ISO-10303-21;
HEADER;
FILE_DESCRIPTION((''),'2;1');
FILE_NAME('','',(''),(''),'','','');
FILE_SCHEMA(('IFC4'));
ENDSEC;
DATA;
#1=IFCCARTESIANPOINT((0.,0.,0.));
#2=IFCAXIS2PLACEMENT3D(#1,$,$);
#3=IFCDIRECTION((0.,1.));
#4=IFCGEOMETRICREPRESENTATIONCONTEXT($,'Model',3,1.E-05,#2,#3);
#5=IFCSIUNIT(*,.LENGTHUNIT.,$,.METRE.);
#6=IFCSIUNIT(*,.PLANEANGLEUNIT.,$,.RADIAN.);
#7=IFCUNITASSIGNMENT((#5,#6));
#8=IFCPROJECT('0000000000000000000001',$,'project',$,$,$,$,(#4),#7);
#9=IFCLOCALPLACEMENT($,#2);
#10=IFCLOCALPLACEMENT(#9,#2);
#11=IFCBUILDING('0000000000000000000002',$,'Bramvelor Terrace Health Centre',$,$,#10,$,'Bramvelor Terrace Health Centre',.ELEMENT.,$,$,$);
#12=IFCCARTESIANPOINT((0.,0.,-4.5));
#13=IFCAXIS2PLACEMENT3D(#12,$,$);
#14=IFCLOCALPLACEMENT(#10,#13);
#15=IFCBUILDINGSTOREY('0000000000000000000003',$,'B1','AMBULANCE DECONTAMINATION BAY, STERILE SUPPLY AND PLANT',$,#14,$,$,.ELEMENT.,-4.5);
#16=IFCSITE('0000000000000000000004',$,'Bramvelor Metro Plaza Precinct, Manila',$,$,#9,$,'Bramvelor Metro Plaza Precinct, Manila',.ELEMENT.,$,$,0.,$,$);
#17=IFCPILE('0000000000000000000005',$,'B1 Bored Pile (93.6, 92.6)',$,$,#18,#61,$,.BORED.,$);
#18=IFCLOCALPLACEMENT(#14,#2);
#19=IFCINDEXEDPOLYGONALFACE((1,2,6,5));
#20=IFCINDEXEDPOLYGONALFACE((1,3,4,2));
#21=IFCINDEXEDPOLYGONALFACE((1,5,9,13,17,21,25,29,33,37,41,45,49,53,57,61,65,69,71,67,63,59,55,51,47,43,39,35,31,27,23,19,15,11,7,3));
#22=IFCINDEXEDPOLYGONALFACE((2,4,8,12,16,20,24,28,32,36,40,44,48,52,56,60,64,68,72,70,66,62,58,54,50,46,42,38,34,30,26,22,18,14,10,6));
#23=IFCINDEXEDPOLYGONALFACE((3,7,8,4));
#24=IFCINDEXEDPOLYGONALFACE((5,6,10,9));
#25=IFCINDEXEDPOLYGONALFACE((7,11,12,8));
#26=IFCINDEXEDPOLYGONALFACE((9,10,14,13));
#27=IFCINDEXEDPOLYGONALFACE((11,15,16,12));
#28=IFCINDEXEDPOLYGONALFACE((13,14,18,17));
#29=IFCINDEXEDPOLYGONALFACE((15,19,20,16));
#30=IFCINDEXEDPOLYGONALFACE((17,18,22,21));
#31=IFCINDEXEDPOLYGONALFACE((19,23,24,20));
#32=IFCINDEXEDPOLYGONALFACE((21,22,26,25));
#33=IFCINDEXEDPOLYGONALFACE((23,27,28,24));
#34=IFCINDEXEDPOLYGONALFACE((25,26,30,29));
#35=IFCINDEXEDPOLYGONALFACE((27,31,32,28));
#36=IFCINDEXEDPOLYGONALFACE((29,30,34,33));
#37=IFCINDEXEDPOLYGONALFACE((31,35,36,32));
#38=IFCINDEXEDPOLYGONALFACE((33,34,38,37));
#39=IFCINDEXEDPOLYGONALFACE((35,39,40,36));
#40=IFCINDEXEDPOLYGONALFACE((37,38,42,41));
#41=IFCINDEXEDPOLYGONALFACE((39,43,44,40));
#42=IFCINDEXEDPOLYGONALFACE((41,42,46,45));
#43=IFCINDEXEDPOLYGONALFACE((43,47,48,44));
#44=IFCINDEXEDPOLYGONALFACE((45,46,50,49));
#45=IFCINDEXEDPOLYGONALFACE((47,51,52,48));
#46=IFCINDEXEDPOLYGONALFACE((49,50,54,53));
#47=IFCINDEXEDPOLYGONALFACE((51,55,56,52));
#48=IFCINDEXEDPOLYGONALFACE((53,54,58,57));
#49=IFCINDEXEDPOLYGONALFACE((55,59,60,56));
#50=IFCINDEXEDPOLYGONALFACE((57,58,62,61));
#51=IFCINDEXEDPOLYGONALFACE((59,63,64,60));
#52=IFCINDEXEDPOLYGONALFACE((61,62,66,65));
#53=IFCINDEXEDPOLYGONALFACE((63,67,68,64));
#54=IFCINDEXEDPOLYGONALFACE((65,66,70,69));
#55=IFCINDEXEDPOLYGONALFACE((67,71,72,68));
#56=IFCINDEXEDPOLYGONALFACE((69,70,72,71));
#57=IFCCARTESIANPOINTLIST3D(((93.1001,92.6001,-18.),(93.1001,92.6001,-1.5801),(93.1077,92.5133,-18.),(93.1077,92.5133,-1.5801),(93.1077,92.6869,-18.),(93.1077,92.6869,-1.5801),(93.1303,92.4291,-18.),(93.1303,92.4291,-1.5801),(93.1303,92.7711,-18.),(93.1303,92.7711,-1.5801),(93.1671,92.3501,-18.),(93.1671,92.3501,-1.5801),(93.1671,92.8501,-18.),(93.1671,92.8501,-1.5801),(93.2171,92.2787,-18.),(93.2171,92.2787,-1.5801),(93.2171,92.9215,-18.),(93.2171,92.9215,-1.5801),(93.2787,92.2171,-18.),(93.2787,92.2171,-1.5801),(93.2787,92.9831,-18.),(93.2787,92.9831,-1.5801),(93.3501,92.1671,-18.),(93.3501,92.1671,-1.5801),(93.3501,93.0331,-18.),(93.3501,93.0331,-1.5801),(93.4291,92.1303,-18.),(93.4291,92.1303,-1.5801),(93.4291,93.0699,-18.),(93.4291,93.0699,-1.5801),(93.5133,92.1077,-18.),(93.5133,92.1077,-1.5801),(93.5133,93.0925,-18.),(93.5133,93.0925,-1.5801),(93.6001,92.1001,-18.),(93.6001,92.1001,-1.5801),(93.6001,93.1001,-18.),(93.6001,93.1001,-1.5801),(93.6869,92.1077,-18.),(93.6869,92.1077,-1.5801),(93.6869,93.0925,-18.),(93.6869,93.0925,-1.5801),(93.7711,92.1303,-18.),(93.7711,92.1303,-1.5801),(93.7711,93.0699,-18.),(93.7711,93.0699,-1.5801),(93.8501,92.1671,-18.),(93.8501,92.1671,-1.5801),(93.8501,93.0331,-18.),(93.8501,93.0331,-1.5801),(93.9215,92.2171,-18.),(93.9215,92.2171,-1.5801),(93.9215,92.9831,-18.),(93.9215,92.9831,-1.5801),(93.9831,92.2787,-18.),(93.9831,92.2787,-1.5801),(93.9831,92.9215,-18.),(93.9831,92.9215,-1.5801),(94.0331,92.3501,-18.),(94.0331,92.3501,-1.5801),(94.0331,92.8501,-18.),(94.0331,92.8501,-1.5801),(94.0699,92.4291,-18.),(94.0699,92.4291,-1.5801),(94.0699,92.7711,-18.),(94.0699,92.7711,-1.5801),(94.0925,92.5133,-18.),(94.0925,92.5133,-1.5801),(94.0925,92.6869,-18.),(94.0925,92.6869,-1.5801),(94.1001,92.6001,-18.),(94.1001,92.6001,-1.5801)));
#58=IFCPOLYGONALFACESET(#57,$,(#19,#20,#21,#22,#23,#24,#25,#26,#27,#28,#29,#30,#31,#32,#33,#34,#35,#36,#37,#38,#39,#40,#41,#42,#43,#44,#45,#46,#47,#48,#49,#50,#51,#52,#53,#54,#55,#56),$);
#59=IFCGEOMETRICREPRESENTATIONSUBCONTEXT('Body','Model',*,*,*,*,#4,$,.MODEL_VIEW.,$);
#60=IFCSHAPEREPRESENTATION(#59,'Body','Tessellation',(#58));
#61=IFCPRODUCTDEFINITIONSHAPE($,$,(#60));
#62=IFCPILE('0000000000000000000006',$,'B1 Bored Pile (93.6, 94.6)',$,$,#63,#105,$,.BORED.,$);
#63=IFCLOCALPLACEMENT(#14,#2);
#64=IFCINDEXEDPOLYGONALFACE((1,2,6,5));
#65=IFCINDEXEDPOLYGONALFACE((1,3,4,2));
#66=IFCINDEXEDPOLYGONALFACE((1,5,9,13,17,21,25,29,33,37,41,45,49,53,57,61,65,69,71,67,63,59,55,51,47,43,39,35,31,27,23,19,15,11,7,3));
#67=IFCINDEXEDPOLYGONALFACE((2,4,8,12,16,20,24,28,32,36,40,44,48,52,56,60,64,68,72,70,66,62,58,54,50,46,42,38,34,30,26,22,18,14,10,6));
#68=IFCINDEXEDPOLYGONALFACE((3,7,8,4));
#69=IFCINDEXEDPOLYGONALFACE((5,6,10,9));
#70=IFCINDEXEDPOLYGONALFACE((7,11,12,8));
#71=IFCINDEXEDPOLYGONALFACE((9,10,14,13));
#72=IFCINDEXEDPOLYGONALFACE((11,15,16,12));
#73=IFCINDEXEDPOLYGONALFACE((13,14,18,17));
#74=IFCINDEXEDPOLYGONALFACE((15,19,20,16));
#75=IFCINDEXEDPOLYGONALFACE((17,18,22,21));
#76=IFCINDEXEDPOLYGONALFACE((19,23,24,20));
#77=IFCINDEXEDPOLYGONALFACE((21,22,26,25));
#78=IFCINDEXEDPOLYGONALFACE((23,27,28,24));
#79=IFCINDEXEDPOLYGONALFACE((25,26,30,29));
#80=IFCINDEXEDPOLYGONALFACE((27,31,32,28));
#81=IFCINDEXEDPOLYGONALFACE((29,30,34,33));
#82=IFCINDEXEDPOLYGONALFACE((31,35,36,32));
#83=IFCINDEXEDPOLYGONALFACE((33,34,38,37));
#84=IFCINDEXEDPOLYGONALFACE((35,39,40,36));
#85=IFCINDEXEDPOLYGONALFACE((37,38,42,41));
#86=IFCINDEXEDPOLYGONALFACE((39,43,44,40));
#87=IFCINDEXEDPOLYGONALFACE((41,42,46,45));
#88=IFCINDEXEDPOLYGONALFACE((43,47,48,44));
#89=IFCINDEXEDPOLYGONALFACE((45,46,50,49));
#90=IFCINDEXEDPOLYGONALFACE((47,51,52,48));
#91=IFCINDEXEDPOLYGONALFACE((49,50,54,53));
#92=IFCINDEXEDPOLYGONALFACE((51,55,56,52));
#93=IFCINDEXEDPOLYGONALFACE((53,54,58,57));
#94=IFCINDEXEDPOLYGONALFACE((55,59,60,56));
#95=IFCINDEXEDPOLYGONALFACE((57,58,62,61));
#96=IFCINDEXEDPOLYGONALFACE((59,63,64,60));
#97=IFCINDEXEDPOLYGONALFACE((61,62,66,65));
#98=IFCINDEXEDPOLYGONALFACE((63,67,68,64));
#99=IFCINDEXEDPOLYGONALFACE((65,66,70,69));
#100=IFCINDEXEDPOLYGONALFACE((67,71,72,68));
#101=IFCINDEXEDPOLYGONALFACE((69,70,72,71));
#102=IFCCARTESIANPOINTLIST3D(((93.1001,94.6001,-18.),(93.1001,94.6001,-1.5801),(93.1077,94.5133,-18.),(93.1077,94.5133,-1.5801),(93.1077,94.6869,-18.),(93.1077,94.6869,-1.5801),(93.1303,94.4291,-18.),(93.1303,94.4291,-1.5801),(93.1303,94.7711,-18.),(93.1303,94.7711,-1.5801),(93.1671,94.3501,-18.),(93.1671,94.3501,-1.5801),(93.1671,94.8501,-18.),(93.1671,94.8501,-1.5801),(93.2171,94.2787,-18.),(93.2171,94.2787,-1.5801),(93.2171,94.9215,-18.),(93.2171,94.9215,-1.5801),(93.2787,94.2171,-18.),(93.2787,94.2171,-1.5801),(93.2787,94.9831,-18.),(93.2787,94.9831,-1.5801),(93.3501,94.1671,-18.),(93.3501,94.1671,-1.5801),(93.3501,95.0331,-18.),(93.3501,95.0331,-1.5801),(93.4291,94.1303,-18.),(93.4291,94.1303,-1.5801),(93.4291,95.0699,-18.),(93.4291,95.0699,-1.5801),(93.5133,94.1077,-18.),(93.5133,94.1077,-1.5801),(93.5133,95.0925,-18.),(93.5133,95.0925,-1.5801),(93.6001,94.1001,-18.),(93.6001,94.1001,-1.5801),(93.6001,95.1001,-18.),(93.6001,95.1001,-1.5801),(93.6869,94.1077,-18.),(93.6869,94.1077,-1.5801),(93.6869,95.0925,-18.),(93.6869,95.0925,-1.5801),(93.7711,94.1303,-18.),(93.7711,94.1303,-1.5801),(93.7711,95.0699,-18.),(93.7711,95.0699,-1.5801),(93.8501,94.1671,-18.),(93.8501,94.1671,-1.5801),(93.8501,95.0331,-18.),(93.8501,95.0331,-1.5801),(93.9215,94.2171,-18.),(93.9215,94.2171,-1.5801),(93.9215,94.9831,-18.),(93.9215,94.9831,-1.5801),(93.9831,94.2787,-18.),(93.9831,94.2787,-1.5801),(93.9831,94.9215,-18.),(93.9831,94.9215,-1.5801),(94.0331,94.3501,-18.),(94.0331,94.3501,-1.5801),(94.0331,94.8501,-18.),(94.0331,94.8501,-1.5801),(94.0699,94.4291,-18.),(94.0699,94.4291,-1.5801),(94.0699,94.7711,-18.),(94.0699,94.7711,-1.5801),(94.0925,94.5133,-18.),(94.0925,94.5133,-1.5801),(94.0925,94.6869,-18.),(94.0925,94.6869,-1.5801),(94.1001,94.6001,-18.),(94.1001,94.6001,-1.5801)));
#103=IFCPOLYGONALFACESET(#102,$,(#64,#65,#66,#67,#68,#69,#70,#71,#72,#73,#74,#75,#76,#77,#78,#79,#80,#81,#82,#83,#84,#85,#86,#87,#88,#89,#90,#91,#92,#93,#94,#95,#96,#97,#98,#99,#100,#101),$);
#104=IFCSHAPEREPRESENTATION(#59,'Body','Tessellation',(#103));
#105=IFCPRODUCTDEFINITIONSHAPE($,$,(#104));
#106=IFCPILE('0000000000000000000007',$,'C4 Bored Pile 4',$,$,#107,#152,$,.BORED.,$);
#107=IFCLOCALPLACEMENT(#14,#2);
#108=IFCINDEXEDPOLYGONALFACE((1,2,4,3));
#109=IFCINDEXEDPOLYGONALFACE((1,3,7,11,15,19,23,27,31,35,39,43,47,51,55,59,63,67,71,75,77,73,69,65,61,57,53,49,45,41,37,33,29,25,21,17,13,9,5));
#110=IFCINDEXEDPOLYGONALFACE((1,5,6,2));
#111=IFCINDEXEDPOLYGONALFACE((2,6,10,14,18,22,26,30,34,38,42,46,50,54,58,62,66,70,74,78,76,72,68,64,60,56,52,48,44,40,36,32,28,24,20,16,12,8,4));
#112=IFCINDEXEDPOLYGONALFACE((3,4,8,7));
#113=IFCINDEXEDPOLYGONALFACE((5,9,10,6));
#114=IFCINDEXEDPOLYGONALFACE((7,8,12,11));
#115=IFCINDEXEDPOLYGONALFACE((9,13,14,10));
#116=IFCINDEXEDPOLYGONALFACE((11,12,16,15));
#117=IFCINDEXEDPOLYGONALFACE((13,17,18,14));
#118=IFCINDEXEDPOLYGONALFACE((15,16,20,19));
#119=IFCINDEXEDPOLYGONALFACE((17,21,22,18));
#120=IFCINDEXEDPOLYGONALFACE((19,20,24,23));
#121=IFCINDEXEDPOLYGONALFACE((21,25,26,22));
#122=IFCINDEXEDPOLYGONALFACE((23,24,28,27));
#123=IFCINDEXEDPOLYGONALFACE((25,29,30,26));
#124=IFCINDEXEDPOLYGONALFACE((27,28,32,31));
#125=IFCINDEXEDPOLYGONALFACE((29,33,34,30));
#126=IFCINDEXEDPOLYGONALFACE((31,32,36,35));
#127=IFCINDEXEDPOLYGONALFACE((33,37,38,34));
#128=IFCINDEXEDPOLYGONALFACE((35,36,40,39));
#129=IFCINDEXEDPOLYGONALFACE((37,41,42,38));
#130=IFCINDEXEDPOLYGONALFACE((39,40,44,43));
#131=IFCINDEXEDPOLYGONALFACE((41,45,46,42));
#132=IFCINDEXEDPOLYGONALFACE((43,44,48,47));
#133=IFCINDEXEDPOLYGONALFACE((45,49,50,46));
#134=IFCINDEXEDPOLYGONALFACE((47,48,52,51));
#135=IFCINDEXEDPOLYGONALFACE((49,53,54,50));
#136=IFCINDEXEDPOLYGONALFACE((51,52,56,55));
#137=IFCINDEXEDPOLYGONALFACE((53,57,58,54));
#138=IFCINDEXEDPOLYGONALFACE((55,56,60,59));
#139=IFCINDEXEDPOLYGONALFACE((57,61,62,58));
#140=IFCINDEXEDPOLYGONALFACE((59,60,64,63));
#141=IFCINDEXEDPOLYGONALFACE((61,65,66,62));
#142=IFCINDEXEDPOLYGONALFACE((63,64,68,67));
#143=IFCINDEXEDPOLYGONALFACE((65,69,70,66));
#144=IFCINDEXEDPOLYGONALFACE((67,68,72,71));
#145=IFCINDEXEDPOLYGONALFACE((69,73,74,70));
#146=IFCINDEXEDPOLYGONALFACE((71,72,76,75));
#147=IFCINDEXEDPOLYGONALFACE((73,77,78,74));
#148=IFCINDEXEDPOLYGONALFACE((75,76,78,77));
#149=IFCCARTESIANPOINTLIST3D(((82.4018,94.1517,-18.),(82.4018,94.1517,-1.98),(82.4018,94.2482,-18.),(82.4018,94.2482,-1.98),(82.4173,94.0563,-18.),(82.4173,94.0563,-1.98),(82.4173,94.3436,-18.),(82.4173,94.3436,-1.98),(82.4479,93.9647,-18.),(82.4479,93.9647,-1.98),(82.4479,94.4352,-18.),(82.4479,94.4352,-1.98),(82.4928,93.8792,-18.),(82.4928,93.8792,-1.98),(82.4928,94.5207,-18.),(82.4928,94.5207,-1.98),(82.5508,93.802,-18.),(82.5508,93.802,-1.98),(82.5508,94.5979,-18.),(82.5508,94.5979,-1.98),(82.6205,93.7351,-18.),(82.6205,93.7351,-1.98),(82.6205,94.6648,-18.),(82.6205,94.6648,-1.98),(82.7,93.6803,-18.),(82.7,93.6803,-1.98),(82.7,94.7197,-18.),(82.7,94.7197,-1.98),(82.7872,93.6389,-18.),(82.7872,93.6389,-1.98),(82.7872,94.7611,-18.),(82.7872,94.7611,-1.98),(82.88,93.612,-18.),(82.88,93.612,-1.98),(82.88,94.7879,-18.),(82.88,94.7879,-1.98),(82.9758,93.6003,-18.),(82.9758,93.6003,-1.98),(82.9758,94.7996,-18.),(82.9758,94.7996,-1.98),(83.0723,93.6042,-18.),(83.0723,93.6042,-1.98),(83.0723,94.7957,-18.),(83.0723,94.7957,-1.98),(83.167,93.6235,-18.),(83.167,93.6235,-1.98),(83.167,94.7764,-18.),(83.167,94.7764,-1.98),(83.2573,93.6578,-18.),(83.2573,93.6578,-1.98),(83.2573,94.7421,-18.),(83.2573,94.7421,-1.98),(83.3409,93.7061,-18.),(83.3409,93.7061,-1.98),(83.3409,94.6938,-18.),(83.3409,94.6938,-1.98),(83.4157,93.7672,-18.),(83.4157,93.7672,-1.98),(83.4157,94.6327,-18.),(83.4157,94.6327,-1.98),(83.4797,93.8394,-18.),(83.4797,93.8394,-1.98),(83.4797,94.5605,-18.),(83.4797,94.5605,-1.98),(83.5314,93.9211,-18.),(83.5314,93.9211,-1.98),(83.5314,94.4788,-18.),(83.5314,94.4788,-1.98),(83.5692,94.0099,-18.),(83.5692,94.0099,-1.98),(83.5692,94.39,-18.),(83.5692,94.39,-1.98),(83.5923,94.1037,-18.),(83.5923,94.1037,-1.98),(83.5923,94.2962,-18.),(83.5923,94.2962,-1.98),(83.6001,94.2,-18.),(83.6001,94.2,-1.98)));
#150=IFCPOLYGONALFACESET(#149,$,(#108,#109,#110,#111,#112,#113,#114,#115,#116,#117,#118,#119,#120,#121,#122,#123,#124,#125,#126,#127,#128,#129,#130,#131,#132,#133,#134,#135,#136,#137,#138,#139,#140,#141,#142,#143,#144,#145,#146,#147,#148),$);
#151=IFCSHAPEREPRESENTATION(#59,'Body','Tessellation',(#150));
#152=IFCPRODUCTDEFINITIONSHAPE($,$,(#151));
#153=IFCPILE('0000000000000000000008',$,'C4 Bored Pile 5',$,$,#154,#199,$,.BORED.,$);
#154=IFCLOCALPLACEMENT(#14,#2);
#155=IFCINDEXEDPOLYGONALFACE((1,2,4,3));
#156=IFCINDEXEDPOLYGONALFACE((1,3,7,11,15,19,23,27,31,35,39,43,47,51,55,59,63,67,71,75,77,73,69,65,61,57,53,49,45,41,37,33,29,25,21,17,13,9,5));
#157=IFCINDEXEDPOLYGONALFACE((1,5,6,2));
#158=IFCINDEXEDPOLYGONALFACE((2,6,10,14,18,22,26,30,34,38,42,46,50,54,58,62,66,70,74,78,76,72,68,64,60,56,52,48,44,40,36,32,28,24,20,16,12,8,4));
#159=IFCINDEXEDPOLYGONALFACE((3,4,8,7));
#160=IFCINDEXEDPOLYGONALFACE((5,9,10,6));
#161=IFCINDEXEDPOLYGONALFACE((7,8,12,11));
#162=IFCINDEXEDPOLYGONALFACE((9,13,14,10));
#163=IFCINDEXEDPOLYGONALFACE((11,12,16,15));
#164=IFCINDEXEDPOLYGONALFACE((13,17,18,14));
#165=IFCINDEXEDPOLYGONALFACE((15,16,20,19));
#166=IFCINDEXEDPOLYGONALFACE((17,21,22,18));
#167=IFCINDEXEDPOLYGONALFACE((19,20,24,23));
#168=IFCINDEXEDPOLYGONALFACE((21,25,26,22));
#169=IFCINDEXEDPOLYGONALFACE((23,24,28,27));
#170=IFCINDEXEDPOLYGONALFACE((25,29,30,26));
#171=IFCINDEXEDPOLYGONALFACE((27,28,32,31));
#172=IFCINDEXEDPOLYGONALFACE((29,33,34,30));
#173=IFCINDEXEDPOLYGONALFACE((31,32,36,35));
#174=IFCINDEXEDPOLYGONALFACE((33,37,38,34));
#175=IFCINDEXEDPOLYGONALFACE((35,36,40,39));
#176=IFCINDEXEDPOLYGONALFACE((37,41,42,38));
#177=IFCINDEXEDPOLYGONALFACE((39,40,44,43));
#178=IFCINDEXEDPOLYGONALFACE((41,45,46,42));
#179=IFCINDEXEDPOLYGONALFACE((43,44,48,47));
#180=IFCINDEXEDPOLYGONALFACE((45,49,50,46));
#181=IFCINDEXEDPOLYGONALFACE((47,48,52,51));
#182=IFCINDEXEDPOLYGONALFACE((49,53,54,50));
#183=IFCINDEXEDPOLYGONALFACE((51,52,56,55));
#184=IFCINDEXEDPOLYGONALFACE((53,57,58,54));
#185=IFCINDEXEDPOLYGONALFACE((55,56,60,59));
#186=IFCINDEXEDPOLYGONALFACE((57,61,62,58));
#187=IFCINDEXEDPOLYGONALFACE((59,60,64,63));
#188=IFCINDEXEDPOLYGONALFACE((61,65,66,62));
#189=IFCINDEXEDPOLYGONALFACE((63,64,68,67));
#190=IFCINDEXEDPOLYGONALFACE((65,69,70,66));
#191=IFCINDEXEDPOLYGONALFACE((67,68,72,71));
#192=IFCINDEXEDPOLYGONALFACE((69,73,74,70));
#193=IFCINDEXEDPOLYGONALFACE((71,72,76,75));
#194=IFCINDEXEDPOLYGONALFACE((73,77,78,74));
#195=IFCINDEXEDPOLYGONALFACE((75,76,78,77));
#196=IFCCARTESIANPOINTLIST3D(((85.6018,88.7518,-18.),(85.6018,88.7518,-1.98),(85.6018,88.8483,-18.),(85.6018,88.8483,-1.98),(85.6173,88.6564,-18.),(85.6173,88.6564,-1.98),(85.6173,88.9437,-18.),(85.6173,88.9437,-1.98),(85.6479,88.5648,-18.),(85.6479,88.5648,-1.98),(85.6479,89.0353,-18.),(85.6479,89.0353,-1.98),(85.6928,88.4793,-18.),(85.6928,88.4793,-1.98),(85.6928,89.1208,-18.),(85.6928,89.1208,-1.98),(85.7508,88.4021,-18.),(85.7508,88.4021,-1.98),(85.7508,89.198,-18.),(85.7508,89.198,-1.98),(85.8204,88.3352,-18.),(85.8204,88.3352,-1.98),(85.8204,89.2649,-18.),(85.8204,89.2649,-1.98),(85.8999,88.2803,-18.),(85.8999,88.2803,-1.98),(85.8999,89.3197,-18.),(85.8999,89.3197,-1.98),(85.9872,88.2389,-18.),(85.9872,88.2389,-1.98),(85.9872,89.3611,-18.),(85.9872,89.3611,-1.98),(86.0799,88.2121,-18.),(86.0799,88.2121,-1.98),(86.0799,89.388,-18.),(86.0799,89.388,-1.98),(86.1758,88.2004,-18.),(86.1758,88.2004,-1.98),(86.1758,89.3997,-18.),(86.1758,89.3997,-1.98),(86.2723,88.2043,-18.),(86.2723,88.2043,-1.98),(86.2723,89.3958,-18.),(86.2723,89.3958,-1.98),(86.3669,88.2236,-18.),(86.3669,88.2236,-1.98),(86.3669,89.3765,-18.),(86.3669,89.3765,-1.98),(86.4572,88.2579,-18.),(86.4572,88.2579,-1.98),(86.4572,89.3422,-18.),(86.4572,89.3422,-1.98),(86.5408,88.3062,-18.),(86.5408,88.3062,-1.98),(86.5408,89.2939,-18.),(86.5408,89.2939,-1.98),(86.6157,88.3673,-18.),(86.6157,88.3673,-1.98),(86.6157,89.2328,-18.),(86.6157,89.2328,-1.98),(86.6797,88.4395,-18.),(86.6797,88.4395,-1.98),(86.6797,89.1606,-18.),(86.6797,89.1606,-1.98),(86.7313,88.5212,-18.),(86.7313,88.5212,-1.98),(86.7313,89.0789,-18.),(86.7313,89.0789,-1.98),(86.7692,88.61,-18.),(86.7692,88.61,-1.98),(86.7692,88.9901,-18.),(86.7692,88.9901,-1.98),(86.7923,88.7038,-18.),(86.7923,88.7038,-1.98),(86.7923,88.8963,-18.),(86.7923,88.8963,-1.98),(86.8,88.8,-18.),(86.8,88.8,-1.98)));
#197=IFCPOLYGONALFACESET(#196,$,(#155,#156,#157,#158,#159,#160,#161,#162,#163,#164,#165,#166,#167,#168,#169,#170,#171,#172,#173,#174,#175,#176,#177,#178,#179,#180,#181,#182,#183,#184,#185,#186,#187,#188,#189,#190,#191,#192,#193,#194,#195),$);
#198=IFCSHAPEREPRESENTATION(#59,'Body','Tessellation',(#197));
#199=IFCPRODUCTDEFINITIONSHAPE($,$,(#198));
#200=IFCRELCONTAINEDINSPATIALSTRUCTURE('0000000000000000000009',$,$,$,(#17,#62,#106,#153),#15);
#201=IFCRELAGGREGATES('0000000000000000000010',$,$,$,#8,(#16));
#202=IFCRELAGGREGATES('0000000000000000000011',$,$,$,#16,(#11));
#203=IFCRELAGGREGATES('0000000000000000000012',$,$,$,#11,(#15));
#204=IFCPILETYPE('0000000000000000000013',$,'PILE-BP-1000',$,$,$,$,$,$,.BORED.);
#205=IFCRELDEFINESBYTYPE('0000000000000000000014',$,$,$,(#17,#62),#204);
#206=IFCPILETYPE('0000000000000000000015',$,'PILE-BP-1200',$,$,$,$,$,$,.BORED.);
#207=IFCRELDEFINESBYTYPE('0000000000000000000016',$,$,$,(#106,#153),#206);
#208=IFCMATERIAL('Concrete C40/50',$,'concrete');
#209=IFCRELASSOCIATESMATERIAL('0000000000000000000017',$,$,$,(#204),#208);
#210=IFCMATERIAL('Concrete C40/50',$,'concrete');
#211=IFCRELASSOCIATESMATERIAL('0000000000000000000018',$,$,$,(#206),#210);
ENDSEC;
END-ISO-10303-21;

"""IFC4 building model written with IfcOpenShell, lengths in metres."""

from ifc_helpers import new_model, si_unit, direction, frame, origin, origin_2d, place, context, subcontext, project, spatial, circle, extrude, material, material_profile, profile_set, type_object, element, save


model = new_model("IFC4")

# Units and contexts
model_context = context("Model", 3, precision=1e-05, world=origin(), true_north=direction((0.0, 1.0)))
body_context = subcontext(model_context, "Body", "Model", "MODEL_VIEW")
ifc_project = project(units=[si_unit("LENGTHUNIT", "METRE"), si_unit("PLANEANGLEUNIT", "RADIAN")], contexts=[model_context])

# Site, building, storey
site_placement = place(None, origin())
site = spatial("IfcSite", under=ifc_project, at=site_placement, Name="Bramvelor Metro Plaza Precinct, Manila", LongName="Bramvelor Metro Plaza Precinct, Manila", CompositionType="ELEMENT", RefElevation=0.0)
building_placement = place(site_placement, origin())
building = spatial("IfcBuilding", under=site, at=building_placement, Name="Bramvelor Terrace Health Centre", LongName="Bramvelor Terrace Health Centre", CompositionType="ELEMENT")
storey_placement = place(building_placement, frame((0.0, 0.0, -4.5)))
storey = spatial("IfcBuildingStorey", under=building, at=storey_placement, Name="B1", Description="AMBULANCE DECONTAMINATION BAY, STERILE SUPPLY AND PLANT", CompositionType="ELEMENT", Elevation=-4.5)

# Piles
ifc_material_1 = material(Name="Concrete C40/50", Category="concrete")
ifc_material_profile_1 = material_profile(ifc_material_1, circle(Radius=0.5, at=origin_2d()), Name="BP D1000")
ifc_profile_set_1 = profile_set([ifc_material_profile_1], Name="Concrete C40/50")
pile_type_1 = type_object("IfcPileType", Name="PILE-BP-1000", PredefinedType="BORED", material=ifc_profile_set_1)
for number, where, z_axis, x_axis, name in (
    (1, (93.6001, 92.6001, -1.5801), (0.0, 0.0, -1.0), (1.0, 0.0, 0.0), "B1 Bored Pile (93.6, 92.6)"),
    (2, (93.6001, 94.6001, -1.5801), (0.0, 0.0, -1.0), (1.0, 0.0, 0.0), "B1 Bored Pile (93.6, 94.6)"),
):
    element("IfcPile", number, at=place(storey_placement, frame(where, z_axis=z_axis, x_axis=x_axis)), inside=storey, type_object=pile_type_1, Name=name, PredefinedType="BORED", context=body_context, shape_type="SweptSolid", body=[
        extrude(circle(Radius=0.5, at=origin_2d()), origin(), (0.0, 0.0, 1.0), 16.4199),
    ])
ifc_material_2 = material(Name="Concrete C40/50", Category="concrete")
ifc_material_profile_2 = material_profile(ifc_material_2, circle(Radius=0.6001, at=origin_2d()), Name="BP D1200")
ifc_profile_set_2 = profile_set([ifc_material_profile_2], Name="Concrete C40/50")
pile_type_2 = type_object("IfcPileType", Name="PILE-BP-1200", PredefinedType="BORED", material=ifc_profile_set_2)
for number, where, z_axis, x_axis, name in (
    (3, (83.0, 94.2, -1.98), (0.0, 0.0, -1.0), (1.0, 0.0, 0.0), "C4 Bored Pile 4"),
    (4, (86.2, 88.8, -1.98), (0.0, 0.0, -1.0), (1.0, 0.0, 0.0), "C4 Bored Pile 5"),
):
    element("IfcPile", number, at=place(storey_placement, frame(where, z_axis=z_axis, x_axis=x_axis)), inside=storey, type_object=pile_type_2, Name=name, PredefinedType="BORED", context=body_context, shape_type="SweptSolid", body=[
        extrude(circle(Radius=0.6001, at=origin_2d()), origin(), (0.0, 0.0, 1.0), 16.02),
    ])

save(model, "model.ifc")
